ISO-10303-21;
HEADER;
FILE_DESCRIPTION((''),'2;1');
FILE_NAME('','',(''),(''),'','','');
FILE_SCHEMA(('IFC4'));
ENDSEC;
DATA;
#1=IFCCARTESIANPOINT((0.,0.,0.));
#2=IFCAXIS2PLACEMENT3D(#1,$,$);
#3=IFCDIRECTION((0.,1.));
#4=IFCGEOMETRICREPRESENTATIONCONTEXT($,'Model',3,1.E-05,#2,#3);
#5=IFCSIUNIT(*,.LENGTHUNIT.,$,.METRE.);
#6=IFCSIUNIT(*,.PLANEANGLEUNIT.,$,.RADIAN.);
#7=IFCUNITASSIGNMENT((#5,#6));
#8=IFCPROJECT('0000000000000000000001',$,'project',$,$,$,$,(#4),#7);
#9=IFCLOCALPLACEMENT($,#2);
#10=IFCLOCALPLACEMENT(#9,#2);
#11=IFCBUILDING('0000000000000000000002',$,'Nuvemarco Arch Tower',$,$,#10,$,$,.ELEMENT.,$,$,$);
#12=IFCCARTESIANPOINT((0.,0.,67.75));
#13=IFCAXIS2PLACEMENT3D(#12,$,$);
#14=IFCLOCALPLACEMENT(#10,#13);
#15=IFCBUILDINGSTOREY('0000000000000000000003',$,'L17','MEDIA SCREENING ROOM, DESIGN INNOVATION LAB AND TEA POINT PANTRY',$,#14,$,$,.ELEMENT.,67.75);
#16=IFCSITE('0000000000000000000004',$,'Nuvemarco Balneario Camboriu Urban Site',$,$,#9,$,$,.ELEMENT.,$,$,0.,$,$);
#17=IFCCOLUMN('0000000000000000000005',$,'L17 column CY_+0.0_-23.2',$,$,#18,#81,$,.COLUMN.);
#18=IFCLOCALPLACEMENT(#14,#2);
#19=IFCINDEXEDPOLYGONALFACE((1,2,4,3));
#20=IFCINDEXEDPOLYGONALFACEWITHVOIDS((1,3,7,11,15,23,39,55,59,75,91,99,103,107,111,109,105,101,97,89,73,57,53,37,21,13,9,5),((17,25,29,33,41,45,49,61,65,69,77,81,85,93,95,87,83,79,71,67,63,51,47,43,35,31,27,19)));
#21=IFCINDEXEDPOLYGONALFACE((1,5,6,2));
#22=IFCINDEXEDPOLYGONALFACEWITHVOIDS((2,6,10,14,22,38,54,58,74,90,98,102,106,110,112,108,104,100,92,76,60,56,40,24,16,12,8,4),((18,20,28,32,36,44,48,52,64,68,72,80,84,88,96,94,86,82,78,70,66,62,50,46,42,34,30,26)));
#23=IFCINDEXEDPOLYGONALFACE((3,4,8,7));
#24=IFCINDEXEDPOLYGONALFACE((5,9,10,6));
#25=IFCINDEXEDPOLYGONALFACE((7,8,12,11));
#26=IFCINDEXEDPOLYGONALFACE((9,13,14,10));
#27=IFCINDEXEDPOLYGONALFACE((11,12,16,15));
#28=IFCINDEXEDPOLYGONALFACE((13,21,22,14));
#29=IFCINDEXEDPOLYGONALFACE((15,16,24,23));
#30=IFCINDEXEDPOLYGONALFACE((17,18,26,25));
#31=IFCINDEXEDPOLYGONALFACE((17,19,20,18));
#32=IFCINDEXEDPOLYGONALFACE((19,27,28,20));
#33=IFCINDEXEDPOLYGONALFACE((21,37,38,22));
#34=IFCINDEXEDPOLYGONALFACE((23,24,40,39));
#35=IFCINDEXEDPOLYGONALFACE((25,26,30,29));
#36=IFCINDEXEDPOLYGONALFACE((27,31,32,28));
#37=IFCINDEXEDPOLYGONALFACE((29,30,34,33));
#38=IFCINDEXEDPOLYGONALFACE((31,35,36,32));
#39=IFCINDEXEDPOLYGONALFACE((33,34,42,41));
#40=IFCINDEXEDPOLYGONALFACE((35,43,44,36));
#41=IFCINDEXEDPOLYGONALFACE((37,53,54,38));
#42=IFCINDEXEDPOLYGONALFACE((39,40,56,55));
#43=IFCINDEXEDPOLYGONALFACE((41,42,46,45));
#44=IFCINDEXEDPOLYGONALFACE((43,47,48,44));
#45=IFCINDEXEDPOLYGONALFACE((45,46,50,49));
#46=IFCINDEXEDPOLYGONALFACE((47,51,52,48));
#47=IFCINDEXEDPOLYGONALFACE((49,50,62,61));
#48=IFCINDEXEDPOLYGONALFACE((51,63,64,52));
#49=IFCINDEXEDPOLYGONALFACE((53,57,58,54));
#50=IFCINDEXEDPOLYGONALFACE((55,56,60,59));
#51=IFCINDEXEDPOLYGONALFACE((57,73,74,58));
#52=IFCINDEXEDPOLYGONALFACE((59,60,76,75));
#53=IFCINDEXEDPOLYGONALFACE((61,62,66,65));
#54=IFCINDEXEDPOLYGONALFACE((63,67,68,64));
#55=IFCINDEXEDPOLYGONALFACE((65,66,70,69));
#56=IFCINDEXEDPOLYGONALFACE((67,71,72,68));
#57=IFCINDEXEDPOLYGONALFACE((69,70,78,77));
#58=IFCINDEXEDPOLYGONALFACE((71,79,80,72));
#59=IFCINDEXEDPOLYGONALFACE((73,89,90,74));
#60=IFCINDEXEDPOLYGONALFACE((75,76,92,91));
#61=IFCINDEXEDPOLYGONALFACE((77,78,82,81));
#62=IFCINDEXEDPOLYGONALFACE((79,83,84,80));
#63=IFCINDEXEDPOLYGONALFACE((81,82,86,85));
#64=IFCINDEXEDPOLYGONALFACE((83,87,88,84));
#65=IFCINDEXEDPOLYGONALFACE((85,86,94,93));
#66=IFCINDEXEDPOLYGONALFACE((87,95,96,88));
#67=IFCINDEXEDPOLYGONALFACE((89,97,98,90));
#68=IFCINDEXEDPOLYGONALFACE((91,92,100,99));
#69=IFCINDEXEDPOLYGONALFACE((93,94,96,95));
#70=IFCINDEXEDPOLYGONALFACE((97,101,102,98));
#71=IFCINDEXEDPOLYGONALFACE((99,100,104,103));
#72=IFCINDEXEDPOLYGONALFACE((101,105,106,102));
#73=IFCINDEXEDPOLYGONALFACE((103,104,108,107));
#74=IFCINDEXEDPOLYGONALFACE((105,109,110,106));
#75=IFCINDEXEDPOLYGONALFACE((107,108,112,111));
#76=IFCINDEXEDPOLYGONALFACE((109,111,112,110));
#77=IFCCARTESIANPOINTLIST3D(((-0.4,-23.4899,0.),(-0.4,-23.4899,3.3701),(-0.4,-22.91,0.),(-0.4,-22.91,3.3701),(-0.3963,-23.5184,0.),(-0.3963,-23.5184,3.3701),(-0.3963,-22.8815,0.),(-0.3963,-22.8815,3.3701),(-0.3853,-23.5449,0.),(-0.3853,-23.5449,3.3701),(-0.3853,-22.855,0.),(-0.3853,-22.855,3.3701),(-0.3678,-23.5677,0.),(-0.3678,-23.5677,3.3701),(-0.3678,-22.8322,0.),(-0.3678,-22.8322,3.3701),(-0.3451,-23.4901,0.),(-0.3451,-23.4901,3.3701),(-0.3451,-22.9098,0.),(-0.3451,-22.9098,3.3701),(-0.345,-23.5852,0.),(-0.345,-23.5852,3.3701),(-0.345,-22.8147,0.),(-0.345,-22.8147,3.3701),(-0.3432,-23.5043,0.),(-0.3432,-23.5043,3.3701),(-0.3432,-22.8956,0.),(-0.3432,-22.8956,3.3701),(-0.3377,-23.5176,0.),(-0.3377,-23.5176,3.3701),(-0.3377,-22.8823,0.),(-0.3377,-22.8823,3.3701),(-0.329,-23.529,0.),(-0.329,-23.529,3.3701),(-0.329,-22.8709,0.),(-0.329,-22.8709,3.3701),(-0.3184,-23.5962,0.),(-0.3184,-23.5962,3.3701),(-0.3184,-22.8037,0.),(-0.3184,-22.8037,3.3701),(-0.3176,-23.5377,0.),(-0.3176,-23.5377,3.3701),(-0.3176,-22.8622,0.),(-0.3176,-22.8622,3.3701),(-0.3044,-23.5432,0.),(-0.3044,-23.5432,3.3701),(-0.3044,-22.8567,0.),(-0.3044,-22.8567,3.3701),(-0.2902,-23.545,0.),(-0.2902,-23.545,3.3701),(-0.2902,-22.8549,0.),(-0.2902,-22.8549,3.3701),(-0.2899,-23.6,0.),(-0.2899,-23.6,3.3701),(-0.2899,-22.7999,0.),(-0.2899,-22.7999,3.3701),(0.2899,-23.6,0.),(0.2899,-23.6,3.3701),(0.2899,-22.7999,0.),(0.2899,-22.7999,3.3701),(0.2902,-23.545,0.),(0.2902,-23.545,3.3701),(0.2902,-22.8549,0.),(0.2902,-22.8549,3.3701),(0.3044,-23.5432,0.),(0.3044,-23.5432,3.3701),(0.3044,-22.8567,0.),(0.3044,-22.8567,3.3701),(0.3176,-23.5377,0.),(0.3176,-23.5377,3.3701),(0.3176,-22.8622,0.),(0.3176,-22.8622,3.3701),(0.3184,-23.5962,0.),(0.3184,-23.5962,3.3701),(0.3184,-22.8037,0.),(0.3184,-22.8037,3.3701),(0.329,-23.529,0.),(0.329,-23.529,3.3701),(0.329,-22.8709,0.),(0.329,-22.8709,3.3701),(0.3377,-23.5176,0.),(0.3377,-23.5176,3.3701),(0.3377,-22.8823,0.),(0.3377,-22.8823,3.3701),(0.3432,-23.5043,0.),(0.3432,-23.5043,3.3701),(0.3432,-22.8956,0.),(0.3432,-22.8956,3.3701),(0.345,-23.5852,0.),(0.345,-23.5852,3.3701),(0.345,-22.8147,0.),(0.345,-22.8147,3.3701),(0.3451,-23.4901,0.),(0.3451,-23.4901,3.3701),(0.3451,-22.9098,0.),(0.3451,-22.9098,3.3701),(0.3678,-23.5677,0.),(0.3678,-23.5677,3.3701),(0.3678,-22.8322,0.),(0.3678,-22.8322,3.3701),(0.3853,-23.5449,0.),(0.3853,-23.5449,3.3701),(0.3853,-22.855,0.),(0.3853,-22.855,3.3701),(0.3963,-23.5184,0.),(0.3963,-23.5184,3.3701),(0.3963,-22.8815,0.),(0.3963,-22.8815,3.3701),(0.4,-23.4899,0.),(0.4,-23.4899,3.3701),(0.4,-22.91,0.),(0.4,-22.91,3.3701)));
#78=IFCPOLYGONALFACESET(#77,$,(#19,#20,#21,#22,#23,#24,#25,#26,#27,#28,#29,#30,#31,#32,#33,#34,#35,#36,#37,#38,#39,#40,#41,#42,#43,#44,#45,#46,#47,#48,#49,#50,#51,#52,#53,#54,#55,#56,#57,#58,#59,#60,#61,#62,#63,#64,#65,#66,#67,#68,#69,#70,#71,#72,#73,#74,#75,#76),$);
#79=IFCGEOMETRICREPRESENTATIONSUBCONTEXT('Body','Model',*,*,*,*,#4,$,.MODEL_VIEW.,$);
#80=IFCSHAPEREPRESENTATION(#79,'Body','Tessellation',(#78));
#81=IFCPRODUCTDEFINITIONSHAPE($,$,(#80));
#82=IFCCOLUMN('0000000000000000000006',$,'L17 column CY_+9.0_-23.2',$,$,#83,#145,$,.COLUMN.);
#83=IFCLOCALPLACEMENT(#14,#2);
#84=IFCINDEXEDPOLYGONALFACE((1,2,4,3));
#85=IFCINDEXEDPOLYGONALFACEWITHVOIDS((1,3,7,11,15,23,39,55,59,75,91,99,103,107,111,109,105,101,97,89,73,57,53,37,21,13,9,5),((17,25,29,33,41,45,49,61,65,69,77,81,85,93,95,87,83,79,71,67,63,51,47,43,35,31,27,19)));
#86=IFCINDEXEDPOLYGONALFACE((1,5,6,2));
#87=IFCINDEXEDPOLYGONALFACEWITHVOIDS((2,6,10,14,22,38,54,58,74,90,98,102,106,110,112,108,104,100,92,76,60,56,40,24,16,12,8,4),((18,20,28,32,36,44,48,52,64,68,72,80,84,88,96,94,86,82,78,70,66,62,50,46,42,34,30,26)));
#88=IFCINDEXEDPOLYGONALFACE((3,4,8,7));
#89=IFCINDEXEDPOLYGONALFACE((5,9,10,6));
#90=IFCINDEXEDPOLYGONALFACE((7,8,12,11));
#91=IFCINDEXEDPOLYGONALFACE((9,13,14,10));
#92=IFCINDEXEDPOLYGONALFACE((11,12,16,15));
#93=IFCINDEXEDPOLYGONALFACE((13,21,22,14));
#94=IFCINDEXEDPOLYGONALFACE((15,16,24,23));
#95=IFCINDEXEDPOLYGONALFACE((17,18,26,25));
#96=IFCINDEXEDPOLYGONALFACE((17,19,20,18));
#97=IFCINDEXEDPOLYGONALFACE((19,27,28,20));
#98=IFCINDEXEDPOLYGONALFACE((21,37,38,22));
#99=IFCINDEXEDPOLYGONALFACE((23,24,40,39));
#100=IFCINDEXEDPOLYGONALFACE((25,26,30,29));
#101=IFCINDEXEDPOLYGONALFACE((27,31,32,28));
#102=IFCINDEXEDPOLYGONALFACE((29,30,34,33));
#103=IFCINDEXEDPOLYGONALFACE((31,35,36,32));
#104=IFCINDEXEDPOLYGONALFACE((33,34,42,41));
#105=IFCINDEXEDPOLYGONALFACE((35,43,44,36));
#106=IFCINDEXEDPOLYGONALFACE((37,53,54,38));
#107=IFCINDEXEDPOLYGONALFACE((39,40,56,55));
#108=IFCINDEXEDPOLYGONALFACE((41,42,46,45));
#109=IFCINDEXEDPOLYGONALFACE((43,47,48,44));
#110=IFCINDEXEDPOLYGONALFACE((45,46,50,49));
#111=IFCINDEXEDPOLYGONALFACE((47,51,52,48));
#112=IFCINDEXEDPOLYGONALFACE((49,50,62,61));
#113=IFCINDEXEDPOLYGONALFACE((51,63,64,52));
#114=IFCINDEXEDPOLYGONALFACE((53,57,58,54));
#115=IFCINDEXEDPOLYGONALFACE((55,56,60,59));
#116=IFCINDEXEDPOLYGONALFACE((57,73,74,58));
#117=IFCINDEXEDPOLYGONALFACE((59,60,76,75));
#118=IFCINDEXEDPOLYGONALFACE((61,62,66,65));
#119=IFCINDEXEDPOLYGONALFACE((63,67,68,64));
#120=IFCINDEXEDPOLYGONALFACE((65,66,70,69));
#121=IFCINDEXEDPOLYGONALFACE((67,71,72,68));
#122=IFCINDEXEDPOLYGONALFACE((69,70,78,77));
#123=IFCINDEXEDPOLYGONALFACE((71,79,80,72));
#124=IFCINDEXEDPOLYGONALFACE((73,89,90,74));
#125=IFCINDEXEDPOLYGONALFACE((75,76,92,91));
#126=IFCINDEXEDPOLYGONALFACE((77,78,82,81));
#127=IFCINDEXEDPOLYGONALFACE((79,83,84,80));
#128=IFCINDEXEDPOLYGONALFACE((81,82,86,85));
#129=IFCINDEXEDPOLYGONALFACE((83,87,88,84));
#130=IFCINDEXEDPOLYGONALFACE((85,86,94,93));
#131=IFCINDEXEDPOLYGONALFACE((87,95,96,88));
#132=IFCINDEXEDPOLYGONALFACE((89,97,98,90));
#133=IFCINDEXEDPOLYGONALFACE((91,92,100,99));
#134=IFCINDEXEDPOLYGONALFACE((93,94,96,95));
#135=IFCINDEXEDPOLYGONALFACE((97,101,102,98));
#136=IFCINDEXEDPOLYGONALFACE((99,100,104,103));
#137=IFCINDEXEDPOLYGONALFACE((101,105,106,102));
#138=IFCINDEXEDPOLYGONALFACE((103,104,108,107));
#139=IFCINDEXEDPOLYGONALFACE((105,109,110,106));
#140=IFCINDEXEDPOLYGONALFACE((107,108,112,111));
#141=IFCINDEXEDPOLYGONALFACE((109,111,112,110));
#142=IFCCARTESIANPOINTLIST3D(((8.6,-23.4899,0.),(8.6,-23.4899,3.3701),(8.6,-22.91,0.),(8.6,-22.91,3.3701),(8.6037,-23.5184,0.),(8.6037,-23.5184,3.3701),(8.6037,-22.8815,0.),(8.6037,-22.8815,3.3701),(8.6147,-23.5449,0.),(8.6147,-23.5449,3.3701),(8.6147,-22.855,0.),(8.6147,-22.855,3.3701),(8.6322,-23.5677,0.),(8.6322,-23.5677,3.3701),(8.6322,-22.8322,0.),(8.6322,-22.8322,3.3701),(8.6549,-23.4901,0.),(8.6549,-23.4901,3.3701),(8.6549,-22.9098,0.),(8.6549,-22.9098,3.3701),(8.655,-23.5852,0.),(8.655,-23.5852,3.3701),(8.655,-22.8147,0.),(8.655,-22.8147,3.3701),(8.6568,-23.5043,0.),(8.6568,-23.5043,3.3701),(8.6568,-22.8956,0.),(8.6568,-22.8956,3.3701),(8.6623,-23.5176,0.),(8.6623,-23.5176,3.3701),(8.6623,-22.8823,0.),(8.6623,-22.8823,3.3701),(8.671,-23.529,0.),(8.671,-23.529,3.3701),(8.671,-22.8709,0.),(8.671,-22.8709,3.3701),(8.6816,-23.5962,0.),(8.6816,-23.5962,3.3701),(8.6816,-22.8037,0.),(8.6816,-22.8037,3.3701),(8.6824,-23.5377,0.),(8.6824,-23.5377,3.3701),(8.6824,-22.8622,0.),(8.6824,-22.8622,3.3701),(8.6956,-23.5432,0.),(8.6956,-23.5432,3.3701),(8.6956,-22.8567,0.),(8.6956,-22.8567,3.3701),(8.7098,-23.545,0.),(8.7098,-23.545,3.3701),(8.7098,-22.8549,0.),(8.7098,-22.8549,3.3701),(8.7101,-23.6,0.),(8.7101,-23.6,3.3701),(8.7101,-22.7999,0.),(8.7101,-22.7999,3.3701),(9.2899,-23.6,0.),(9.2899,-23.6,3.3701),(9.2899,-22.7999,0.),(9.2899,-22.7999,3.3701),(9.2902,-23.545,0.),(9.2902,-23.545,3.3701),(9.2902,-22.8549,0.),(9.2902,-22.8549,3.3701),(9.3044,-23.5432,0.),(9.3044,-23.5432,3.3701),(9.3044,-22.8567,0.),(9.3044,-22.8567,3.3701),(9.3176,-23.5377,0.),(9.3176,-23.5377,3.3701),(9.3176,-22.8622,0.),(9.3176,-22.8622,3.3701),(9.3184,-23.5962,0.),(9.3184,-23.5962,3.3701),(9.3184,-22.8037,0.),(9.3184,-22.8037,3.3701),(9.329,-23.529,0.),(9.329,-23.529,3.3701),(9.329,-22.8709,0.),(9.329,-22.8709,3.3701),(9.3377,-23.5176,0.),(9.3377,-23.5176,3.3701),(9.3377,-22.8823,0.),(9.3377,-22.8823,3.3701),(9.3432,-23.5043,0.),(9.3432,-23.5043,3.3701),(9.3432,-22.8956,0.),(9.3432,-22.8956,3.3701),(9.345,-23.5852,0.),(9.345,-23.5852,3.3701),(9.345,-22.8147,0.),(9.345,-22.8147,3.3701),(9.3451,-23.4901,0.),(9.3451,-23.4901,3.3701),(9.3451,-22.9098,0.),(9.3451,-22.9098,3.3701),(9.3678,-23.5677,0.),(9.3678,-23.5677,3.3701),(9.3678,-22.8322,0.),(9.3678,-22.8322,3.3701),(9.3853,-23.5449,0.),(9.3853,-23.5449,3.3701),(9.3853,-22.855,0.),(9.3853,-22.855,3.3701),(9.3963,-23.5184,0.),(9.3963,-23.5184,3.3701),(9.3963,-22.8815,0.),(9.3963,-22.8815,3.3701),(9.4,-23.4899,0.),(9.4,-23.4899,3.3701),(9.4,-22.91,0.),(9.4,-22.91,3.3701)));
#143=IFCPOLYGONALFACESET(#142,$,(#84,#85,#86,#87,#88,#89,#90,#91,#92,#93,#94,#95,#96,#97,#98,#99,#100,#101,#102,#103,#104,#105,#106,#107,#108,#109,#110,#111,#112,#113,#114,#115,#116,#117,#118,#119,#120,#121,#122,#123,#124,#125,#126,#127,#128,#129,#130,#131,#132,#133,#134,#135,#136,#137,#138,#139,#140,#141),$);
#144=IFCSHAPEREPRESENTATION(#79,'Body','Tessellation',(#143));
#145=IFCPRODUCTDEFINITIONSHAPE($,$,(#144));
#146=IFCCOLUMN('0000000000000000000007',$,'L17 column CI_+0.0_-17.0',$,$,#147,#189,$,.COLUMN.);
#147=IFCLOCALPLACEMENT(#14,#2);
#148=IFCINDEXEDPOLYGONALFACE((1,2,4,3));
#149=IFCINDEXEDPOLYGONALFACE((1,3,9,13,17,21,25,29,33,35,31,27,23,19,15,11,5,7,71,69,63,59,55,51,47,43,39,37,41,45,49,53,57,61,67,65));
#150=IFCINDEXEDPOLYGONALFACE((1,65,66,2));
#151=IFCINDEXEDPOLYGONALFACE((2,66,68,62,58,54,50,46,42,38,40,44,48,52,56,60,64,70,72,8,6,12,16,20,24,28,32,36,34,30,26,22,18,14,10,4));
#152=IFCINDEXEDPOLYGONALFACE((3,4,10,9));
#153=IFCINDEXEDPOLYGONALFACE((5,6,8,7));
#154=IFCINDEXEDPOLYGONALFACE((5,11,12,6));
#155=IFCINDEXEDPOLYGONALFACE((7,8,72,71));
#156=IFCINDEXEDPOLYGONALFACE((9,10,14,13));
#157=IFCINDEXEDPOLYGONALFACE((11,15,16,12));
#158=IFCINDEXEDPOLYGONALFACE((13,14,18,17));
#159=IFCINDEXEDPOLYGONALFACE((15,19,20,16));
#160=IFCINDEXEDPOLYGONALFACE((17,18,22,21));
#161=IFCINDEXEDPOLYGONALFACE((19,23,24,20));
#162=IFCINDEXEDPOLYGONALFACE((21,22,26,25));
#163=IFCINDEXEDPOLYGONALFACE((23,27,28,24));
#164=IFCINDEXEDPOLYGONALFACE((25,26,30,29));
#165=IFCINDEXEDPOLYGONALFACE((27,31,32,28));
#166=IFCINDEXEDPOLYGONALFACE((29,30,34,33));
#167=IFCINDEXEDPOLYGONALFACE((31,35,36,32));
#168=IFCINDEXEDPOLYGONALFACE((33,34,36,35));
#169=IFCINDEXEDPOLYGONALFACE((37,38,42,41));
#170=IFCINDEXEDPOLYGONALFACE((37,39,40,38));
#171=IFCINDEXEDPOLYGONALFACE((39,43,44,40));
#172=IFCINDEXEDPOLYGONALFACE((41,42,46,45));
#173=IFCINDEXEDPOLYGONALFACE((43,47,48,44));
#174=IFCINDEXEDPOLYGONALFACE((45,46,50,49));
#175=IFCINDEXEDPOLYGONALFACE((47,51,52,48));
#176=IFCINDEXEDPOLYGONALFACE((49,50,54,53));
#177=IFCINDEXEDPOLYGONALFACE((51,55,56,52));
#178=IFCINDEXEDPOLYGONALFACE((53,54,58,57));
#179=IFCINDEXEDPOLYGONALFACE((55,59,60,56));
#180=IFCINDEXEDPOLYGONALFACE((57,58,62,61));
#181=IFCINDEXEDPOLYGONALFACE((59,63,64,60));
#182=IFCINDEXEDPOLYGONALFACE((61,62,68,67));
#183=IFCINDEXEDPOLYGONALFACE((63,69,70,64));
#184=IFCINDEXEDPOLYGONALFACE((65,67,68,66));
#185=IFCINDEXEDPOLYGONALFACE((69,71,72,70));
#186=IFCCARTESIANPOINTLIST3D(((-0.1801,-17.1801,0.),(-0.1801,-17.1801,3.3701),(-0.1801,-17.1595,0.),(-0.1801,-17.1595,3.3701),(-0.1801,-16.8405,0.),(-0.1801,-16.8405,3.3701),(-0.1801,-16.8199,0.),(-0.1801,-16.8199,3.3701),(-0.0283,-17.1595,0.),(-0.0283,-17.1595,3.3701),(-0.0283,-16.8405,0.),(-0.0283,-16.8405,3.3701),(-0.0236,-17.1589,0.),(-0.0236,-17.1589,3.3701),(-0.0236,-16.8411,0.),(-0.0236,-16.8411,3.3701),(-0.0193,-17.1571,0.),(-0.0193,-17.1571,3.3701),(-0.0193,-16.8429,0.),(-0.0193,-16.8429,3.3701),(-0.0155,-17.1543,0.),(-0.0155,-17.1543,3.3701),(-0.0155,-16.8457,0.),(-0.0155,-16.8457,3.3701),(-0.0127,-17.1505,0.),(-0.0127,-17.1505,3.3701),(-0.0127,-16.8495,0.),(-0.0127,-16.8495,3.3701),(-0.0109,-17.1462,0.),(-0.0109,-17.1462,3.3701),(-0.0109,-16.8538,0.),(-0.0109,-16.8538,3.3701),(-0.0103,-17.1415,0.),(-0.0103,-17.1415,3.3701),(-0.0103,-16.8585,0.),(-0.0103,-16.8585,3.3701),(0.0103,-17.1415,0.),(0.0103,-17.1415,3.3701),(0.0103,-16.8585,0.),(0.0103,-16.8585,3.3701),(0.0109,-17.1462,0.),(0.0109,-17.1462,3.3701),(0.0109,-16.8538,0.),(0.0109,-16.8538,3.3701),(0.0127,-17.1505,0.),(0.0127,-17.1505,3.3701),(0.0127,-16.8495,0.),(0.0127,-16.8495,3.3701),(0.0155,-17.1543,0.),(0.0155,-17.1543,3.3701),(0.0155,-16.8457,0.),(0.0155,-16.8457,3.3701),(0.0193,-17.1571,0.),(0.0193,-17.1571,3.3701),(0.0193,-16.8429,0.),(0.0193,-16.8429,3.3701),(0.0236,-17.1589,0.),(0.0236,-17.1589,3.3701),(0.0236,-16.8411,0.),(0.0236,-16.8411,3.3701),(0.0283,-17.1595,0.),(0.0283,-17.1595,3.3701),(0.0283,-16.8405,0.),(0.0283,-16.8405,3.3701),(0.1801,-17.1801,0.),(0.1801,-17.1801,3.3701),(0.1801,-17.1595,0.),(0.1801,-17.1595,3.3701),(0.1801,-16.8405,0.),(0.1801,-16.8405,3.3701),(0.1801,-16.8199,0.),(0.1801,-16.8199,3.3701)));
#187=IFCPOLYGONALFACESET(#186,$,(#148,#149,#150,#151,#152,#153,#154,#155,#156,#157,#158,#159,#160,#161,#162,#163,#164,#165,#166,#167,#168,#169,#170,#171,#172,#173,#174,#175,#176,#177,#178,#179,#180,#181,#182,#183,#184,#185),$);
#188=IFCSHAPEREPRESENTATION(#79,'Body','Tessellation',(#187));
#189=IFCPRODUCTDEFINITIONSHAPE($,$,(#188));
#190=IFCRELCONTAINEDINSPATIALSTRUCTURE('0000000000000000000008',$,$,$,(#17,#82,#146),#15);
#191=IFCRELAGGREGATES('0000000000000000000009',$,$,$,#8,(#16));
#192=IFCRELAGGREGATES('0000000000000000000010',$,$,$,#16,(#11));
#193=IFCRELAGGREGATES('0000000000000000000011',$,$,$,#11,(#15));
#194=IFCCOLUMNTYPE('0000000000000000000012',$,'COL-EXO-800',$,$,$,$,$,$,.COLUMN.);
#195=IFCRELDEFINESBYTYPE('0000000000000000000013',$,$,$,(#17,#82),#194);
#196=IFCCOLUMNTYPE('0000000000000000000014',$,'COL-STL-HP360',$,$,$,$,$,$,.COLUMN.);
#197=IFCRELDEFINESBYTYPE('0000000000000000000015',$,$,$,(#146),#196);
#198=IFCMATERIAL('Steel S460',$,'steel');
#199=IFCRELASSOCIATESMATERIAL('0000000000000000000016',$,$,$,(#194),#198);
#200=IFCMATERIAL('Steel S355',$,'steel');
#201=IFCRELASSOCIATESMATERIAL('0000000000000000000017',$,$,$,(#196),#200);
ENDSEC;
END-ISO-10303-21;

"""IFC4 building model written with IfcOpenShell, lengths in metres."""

from ifc_helpers import new_model, si_unit, direction, frame, origin, origin_2d, place, context, subcontext, project, spatial, hollow_rectangle, i_section, extrude, material, material_profile, profile_set, type_object, element, save


model = new_model("IFC4")

# Units and contexts
model_context = context("Model", 3, precision=1e-05, world=origin(), true_north=direction((0.0, 1.0)))
body_context = subcontext(model_context, "Body", "Model", "MODEL_VIEW")
ifc_project = project(units=[si_unit("LENGTHUNIT", "METRE"), si_unit("PLANEANGLEUNIT", "RADIAN")], contexts=[model_context])

# Site, building, storey
site_placement = place(None, origin())
site = spatial("IfcSite", under=ifc_project, at=site_placement, Name="Nuvemarco Balneario Camboriu Urban Site", CompositionType="ELEMENT", RefElevation=0.0)
building_placement = place(site_placement, origin())
building = spatial("IfcBuilding", under=site, at=building_placement, Name="Nuvemarco Arch Tower", CompositionType="ELEMENT")
storey_placement = place(building_placement, frame((0.0, 0.0, 67.75)))
storey = spatial("IfcBuildingStorey", under=building, at=storey_placement, Name="L17", Description="MEDIA SCREENING ROOM, DESIGN INNOVATION LAB AND TEA POINT PANTRY", CompositionType="ELEMENT", Elevation=67.75)

# Columns
ifc_material_1 = material(Name="Steel S460", Category="steel")
ifc_material_profile_1 = material_profile(ifc_material_1, hollow_rectangle(XDim=0.8, YDim=0.8, WallThickness=0.0549, InnerFilletRadius=0.0549, OuterFilletRadius=0.1101, at=origin_2d()), Name="SHS800x800x55")
ifc_profile_set_1 = profile_set([ifc_material_profile_1], Name="Steel S460")
column_type_1 = type_object("IfcColumnType", Name="COL-EXO-800", PredefinedType="COLUMN", material=ifc_profile_set_1)
for number, where, z_axis, x_axis, name in (
    (1, (0.0, -23.2, 0.0), (0.0, 0.0, 1.0), (1.0, 0.0, 0.0), "L17 column CY_+0.0_-23.2"),
    (2, (9.0, -23.2, 0.0), (0.0, 0.0, 1.0), (1.0, 0.0, 0.0), "L17 column CY_+9.0_-23.2"),
):
    element("IfcColumn", number, at=place(storey_placement, frame(where, z_axis=z_axis, x_axis=x_axis)), inside=storey, type_object=column_type_1, Name=name, PredefinedType="COLUMN", context=body_context, shape_type="SweptSolid", body=[
        extrude(hollow_rectangle(XDim=0.8, YDim=0.8, WallThickness=0.0549, InnerFilletRadius=0.0549, OuterFilletRadius=0.1101, at=origin_2d()), origin(), (0.0, 0.0, 1.0), 3.3701),
    ])
ifc_material_2 = material(Name="Steel S355", Category="steel")
ifc_material_profile_2 = material_profile(ifc_material_2, i_section(OverallWidth=0.3601, OverallDepth=0.3601, WebThickness=0.0205, FlangeThickness=0.0205, FilletRadius=0.0181, at=origin_2d()), Name="HP360x174")
ifc_profile_set_2 = profile_set([ifc_material_profile_2], Name="Steel S355")
column_type_2 = type_object("IfcColumnType", Name="COL-STL-HP360", PredefinedType="COLUMN", material=ifc_profile_set_2)
for number, where, z_axis, x_axis, name in (
    (3, (0.0, -17.0, 0.0), (0.0, 0.0, 1.0), (1.0, 0.0, 0.0), "L17 column CI_+0.0_-17.0"),
):
    element("IfcColumn", number, at=place(storey_placement, frame(where, z_axis=z_axis, x_axis=x_axis)), inside=storey, type_object=column_type_2, Name=name, PredefinedType="COLUMN", context=body_context, shape_type="SweptSolid", body=[
        extrude(i_section(OverallWidth=0.3601, OverallDepth=0.3601, WebThickness=0.0205, FlangeThickness=0.0205, FilletRadius=0.0181, at=origin_2d()), origin(), (0.0, 0.0, 1.0), 3.3701),
    ])

save(model, "model.ifc")
